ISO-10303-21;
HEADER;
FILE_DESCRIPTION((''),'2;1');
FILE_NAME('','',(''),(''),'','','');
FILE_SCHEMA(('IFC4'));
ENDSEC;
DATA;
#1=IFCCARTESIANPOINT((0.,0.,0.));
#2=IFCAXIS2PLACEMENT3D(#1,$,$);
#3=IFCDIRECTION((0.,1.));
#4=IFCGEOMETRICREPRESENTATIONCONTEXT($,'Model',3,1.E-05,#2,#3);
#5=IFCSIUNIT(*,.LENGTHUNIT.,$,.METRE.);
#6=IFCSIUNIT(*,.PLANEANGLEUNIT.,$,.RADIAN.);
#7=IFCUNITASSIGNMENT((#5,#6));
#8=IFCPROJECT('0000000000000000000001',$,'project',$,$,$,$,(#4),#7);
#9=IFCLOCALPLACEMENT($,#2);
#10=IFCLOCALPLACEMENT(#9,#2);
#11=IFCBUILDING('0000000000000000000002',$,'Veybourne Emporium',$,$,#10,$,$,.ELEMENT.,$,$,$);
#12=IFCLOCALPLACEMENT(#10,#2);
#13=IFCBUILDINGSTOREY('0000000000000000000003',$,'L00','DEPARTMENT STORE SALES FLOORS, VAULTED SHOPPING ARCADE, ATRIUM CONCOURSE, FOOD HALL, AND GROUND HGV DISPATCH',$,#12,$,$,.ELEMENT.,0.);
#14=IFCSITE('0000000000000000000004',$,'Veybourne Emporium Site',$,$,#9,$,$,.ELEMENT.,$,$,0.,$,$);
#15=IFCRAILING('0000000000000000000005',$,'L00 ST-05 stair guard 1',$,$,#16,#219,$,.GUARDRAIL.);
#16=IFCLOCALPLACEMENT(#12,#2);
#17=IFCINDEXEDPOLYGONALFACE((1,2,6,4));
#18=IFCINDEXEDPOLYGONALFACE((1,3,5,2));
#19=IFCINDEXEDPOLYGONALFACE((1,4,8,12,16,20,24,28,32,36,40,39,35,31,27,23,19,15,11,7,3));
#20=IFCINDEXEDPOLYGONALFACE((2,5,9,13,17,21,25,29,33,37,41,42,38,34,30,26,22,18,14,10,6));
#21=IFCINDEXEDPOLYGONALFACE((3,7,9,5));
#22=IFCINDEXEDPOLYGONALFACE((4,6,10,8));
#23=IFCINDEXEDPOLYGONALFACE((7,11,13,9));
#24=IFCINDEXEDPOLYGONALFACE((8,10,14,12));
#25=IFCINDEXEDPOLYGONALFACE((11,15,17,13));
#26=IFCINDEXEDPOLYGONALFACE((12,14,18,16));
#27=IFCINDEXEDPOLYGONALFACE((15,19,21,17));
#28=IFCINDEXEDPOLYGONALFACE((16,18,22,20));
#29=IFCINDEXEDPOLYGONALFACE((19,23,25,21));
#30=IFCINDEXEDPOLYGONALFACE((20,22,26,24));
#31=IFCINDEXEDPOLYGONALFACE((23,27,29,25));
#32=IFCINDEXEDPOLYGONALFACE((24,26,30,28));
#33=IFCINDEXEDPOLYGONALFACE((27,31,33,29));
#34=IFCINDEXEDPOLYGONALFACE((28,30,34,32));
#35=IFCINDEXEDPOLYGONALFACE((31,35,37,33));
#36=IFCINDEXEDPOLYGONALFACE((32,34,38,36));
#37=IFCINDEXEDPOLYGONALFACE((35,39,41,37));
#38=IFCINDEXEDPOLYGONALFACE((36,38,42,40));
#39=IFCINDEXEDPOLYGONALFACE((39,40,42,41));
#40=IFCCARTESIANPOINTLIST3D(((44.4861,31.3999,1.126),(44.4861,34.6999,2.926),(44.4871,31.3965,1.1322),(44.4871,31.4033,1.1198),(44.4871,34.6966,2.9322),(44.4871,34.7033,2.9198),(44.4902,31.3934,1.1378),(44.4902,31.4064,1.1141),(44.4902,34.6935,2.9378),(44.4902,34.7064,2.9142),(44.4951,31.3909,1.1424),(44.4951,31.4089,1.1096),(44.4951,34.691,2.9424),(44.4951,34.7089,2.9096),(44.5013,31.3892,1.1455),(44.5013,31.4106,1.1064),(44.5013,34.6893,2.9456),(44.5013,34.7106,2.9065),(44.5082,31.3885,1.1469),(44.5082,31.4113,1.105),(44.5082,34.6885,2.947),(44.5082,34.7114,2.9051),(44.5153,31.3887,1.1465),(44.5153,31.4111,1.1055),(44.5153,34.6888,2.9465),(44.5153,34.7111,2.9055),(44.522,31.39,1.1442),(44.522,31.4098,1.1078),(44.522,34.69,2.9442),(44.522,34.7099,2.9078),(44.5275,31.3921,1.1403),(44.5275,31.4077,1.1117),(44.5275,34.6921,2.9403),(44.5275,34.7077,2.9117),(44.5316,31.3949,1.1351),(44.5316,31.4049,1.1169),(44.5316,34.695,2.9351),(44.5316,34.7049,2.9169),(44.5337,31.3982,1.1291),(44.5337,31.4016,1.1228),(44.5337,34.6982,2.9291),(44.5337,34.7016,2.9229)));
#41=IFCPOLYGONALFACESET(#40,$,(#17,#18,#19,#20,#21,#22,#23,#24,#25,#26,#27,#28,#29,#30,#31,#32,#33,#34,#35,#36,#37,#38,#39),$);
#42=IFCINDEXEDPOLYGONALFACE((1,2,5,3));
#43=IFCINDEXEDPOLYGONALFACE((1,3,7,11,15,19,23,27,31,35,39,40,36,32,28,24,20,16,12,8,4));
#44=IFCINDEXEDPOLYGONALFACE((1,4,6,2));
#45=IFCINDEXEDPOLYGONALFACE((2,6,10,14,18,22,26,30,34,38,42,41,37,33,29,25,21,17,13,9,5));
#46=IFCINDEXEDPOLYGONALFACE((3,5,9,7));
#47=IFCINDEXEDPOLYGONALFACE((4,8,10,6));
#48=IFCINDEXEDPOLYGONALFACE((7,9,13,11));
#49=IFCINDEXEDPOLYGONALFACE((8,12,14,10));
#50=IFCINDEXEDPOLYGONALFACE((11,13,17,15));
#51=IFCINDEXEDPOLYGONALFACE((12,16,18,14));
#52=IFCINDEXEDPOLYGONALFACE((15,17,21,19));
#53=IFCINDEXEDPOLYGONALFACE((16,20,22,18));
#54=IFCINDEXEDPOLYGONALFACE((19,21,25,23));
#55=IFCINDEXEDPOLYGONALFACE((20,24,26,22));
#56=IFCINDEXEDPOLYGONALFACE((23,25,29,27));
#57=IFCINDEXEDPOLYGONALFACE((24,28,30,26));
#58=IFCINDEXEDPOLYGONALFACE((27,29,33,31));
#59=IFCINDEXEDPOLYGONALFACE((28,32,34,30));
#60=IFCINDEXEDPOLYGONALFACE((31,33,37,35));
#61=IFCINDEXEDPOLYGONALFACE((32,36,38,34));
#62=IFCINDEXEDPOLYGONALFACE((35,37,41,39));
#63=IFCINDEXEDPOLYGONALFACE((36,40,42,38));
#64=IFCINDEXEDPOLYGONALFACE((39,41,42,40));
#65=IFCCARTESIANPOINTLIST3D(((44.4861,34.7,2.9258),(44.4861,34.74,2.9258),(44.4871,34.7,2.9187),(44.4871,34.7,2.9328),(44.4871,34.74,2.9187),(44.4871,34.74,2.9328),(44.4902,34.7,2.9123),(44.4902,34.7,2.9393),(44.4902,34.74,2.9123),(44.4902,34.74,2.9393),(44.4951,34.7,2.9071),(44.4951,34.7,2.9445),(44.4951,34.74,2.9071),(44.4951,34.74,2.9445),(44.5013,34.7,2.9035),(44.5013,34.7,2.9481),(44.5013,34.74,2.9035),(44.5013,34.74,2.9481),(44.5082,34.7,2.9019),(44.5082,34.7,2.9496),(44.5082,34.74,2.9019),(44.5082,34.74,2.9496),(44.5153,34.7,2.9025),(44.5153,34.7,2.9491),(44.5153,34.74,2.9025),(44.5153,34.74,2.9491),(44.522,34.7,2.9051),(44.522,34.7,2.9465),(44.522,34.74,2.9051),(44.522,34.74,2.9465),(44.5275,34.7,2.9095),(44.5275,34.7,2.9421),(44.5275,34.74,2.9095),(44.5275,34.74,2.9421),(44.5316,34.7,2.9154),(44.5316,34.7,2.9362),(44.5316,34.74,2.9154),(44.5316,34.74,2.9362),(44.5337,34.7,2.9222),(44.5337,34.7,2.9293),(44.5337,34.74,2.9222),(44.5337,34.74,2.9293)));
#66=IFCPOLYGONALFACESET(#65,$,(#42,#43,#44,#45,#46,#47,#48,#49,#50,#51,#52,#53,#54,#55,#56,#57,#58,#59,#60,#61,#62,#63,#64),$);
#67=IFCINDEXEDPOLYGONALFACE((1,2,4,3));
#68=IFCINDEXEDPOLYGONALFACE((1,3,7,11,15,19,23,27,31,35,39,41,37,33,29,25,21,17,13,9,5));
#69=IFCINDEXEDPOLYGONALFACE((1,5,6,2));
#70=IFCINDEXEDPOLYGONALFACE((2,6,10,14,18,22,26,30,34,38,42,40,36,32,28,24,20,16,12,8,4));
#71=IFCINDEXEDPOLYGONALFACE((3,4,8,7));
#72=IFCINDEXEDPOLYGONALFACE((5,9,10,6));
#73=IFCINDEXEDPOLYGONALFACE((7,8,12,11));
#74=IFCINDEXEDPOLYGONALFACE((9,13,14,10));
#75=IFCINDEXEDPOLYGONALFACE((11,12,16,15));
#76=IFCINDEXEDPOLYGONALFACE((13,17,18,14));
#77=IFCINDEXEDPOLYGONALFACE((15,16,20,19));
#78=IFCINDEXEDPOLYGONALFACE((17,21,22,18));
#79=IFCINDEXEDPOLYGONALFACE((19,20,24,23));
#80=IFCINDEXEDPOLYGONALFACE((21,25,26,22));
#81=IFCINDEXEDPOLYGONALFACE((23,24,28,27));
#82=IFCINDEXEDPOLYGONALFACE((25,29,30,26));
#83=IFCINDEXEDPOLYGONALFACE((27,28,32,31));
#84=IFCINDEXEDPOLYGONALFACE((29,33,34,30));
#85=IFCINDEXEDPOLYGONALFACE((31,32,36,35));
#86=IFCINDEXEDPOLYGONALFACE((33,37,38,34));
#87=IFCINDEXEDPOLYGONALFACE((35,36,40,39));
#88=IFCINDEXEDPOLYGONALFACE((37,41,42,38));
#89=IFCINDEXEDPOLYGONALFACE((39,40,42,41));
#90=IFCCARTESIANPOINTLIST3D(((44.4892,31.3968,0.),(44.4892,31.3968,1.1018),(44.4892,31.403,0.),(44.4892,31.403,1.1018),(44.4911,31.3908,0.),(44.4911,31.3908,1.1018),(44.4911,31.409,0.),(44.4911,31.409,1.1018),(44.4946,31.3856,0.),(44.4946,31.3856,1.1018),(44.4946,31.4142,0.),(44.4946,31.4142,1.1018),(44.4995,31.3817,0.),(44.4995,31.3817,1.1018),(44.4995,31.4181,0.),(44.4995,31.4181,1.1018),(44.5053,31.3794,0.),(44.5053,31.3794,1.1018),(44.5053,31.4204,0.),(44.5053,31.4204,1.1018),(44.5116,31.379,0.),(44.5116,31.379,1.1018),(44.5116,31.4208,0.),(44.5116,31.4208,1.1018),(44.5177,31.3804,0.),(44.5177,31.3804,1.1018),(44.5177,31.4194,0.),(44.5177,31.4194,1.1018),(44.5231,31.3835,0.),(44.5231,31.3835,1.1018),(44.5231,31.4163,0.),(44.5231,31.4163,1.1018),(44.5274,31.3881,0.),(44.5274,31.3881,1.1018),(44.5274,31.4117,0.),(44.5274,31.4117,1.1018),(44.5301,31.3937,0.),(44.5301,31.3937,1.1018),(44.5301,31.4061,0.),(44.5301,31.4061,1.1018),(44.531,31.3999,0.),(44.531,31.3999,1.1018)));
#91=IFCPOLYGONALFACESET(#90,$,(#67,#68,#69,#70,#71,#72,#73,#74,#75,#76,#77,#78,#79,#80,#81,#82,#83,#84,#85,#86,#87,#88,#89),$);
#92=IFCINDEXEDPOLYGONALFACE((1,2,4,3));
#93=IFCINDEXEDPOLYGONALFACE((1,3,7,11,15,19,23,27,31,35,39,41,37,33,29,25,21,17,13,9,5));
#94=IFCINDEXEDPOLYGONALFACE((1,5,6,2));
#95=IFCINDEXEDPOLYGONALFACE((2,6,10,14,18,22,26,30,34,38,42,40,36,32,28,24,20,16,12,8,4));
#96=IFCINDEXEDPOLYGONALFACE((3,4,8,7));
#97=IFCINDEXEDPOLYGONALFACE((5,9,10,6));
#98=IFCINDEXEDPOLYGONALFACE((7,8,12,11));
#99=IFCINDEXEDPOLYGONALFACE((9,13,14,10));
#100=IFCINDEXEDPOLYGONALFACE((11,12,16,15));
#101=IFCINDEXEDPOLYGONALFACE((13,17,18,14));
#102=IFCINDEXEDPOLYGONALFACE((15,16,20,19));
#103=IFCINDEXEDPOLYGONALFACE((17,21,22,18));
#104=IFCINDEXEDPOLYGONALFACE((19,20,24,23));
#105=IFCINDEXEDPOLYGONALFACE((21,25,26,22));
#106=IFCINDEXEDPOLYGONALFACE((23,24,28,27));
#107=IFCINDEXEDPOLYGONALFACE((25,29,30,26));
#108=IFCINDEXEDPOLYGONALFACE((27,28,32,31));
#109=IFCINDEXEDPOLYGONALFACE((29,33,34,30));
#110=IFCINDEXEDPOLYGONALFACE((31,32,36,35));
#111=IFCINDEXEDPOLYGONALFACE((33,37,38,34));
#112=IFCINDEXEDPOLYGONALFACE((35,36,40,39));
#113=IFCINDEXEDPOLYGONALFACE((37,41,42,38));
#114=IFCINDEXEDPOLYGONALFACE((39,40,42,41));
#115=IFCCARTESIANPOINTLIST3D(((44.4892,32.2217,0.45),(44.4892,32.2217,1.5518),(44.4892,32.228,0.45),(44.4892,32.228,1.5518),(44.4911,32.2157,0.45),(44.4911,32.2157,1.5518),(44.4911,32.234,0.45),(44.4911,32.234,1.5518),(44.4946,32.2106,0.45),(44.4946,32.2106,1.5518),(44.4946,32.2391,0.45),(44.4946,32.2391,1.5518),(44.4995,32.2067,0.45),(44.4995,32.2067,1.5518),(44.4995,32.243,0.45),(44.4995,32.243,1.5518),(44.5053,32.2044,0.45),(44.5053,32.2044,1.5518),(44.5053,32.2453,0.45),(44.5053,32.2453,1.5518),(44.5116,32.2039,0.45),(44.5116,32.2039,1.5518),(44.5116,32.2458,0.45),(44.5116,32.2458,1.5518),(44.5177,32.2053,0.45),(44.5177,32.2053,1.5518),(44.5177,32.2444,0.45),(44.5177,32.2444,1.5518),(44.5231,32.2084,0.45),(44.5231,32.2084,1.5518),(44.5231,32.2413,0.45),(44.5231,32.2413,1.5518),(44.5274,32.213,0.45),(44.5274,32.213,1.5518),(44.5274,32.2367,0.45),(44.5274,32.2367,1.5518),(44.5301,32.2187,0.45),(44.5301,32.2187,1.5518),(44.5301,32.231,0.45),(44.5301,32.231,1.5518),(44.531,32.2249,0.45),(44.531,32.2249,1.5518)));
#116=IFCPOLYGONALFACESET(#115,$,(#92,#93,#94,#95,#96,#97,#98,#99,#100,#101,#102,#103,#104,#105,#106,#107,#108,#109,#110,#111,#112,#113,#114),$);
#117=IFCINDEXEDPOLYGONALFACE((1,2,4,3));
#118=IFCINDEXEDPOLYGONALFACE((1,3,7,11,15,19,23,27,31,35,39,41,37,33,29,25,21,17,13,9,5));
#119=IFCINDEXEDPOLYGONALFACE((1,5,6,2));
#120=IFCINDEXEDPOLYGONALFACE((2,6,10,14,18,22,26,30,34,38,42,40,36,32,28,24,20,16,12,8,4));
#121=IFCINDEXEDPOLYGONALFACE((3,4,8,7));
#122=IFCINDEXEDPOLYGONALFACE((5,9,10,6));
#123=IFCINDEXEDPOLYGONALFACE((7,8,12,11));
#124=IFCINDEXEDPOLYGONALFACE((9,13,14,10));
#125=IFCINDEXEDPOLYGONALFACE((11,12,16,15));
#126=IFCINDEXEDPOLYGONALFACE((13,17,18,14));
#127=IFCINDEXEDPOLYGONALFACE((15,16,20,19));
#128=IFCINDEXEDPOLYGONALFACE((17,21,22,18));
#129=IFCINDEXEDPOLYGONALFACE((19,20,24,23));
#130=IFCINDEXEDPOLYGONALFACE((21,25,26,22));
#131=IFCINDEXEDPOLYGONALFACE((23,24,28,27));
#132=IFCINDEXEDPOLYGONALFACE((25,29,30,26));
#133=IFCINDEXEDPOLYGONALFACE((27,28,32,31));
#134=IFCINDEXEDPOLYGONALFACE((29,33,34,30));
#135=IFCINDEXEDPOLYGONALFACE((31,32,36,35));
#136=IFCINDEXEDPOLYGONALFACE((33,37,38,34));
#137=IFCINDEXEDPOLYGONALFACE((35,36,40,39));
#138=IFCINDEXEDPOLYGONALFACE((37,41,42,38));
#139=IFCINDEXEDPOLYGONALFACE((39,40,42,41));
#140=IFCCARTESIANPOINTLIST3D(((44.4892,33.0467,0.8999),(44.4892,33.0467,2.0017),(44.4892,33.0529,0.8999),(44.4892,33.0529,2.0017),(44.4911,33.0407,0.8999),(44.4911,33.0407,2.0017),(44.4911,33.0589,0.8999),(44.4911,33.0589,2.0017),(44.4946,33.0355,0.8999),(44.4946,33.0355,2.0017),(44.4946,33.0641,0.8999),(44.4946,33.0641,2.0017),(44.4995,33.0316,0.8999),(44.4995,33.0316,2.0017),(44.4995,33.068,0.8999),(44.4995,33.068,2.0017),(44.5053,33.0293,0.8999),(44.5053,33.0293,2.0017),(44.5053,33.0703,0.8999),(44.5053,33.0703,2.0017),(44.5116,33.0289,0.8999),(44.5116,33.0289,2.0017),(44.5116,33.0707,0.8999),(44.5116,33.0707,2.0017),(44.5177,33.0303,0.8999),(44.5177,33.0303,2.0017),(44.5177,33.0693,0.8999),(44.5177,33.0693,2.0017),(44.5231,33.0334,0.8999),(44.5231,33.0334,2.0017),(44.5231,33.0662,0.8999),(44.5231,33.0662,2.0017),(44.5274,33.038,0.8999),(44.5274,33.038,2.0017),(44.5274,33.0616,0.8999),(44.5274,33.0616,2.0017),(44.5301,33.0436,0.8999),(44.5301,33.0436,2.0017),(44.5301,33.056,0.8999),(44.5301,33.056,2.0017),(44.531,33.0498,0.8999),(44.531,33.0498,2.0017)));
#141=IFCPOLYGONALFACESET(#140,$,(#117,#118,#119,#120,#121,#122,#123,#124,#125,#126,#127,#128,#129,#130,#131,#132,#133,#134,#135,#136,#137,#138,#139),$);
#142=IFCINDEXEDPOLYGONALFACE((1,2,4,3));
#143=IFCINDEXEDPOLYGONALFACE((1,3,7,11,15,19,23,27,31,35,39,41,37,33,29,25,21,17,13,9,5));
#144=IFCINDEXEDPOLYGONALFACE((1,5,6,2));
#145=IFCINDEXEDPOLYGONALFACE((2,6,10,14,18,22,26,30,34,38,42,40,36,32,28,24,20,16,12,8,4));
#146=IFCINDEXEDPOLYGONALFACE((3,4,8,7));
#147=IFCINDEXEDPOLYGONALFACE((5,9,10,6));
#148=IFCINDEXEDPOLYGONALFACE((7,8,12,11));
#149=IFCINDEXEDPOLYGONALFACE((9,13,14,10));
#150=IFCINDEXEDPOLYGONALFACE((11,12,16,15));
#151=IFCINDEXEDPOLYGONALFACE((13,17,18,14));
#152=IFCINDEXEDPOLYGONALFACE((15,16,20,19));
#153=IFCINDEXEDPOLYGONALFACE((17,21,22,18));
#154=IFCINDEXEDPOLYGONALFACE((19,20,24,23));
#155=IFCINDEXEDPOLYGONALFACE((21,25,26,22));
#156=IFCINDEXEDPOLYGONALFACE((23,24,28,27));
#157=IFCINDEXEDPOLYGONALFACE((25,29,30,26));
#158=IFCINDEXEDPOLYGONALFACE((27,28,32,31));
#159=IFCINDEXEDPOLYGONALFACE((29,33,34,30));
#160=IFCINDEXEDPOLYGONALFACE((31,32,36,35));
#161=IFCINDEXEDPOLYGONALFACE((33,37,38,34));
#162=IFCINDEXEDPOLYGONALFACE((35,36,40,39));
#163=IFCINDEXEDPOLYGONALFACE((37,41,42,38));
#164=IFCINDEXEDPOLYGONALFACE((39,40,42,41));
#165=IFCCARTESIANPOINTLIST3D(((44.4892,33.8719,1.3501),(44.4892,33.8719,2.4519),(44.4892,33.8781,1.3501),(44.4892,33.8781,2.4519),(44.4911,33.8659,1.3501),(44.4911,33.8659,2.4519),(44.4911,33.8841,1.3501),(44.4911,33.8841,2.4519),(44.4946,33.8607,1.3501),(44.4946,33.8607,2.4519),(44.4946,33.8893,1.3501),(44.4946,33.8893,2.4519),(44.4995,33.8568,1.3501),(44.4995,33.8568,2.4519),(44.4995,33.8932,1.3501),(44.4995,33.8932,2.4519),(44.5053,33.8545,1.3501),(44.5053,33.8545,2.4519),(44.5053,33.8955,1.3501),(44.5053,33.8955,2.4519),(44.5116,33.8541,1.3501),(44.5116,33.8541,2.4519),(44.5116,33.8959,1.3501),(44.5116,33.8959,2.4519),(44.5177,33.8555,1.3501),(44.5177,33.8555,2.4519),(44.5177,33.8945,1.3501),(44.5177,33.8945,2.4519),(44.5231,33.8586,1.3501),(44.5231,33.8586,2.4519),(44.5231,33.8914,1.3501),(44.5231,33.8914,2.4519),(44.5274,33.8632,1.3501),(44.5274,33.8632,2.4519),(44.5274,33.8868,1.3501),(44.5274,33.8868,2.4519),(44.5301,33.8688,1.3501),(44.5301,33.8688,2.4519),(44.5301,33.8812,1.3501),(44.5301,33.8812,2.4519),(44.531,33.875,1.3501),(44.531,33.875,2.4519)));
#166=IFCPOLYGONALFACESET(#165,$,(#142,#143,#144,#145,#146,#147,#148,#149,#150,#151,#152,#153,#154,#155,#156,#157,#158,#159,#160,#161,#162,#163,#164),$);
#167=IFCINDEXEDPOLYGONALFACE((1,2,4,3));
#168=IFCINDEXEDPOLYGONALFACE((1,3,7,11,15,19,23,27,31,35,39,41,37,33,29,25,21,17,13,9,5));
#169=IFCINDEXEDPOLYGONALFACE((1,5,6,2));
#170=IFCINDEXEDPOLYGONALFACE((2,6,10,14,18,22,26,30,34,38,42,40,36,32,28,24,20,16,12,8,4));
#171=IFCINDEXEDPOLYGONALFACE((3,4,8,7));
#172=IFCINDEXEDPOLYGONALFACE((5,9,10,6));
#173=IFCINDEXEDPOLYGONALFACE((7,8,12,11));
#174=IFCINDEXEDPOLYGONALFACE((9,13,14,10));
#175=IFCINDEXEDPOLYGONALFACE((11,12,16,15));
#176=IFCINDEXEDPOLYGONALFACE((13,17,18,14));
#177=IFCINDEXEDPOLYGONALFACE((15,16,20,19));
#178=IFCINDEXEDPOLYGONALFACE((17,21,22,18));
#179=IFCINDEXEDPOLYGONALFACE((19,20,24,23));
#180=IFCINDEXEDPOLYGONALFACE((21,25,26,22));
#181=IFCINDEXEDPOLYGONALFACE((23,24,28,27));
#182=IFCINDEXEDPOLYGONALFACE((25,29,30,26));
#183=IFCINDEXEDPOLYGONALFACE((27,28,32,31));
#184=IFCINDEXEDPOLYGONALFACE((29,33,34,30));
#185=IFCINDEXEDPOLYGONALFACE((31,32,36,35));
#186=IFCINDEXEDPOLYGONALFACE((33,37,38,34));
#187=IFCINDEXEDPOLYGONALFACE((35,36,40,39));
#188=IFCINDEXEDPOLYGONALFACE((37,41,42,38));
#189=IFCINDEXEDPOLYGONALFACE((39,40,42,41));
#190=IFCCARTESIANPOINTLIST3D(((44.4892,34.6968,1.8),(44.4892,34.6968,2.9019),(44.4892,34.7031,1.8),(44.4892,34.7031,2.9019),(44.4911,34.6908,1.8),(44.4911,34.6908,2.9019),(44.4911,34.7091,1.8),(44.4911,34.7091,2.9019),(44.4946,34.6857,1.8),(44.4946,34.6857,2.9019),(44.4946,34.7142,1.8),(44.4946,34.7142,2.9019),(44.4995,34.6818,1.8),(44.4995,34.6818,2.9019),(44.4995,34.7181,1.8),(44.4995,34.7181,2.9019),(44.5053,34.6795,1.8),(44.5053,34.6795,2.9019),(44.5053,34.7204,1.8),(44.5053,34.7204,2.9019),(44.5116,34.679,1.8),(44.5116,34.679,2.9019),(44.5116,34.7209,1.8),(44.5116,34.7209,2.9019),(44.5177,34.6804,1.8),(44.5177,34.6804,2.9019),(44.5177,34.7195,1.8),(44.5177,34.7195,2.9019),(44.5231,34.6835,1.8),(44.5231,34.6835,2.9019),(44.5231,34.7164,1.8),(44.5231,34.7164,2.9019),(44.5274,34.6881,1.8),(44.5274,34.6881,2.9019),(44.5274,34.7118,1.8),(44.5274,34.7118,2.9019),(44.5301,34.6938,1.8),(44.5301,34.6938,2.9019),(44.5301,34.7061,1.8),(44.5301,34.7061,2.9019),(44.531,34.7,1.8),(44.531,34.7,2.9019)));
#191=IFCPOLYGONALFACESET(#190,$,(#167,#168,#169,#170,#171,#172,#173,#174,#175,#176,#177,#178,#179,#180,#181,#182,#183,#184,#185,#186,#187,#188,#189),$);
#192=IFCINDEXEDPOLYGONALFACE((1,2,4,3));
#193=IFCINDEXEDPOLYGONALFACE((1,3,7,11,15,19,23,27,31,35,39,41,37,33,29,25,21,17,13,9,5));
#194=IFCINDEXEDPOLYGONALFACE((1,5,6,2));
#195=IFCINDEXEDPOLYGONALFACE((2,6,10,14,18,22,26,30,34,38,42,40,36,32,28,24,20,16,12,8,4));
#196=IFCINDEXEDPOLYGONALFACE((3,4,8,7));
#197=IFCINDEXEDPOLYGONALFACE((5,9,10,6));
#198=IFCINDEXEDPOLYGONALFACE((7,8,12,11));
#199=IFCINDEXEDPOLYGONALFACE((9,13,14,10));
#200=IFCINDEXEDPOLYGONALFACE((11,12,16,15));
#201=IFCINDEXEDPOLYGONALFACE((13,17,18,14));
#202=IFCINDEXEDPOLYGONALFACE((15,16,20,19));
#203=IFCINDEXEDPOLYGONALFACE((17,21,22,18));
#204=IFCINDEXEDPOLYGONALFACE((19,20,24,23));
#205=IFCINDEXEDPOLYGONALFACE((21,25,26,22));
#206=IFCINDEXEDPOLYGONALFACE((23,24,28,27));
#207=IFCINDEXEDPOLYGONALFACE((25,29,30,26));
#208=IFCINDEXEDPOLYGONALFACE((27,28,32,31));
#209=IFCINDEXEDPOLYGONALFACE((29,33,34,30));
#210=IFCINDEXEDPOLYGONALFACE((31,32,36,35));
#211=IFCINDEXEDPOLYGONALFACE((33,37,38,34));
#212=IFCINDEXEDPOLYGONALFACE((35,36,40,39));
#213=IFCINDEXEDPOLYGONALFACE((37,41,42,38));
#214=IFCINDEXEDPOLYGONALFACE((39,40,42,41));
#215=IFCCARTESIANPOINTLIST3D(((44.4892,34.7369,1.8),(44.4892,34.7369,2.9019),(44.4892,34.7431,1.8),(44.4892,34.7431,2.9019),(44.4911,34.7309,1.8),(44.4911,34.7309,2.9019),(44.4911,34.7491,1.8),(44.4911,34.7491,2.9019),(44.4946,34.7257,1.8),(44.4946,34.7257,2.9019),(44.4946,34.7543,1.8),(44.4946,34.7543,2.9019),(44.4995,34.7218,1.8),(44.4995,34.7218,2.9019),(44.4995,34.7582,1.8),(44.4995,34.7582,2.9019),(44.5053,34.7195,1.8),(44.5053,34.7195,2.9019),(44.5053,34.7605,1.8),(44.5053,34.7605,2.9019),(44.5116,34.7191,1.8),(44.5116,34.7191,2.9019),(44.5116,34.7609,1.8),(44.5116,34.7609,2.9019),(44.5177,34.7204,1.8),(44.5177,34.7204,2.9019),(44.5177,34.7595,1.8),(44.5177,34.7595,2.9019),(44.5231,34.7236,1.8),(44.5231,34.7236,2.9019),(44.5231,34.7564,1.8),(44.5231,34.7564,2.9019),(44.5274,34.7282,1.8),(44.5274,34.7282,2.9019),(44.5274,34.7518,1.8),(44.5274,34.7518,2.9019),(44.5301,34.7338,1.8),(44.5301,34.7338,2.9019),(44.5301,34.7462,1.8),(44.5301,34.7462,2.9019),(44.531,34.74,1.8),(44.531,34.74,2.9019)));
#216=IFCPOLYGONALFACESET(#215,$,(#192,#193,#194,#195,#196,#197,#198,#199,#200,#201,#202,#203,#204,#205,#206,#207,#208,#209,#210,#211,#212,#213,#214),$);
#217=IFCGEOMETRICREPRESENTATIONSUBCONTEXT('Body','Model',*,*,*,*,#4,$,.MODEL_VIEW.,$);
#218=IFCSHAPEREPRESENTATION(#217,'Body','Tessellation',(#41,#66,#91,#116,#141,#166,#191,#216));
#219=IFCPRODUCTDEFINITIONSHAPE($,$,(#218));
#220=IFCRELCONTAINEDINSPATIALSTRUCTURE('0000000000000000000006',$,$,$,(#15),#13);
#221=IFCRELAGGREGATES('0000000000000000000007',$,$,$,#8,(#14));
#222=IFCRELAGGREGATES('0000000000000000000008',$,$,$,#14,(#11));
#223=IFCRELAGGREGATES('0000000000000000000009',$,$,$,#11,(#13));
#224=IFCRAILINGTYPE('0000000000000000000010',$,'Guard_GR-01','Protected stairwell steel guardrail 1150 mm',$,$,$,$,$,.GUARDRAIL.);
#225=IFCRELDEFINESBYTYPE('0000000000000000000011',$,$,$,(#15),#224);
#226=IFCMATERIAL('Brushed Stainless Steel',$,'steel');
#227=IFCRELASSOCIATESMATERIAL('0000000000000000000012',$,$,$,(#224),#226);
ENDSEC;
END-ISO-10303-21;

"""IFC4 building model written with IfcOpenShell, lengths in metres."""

from ifc_helpers import new_model, si_unit, direction, frame, origin, origin_2d, place, context, subcontext, project, spatial, circle, extrude, material, type_object, element, save


model = new_model("IFC4")

# Units and contexts
model_context = context("Model", 3, precision=1e-05, world=origin(), true_north=direction((0.0, 1.0)))
body_context = subcontext(model_context, "Body", "Model", "MODEL_VIEW")
ifc_project = project(units=[si_unit("LENGTHUNIT", "METRE"), si_unit("PLANEANGLEUNIT", "RADIAN")], contexts=[model_context])

# Site, building, storey
site_placement = place(None, origin())
site = spatial("IfcSite", under=ifc_project, at=site_placement, Name="Veybourne Emporium Site", CompositionType="ELEMENT", RefElevation=0.0)
building_placement = place(site_placement, origin())
building = spatial("IfcBuilding", under=site, at=building_placement, Name="Veybourne Emporium", CompositionType="ELEMENT")
storey_placement = place(building_placement, origin())
storey = spatial("IfcBuildingStorey", under=building, at=storey_placement, Name="L00", Description="DEPARTMENT STORE SALES FLOORS, VAULTED SHOPPING ARCADE, ATRIUM CONCOURSE, FOOD HALL, AND GROUND HGV DISPATCH", CompositionType="ELEMENT", Elevation=0.0)

# Railing
ifc_material_1 = material(Name="Brushed Stainless Steel", Category="steel")
railing_type_1 = type_object("IfcRailingType", Name="Guard_GR-01", Description="Protected stairwell steel guardrail 1150 mm", PredefinedType="GUARDRAIL", material=ifc_material_1)
railing_1_placement = place(storey_placement, frame((44.51, 31.3999, 0.0)))
element("IfcRailing", 1, at=railing_1_placement, inside=storey, type_object=railing_type_1, Name="L00 ST-05 stair guard 1", PredefinedType="GUARDRAIL", context=body_context, shape_type="SweptSolid", body=[
    extrude(circle(Radius=0.0239, at=origin_2d()), frame((0.0, 0.0, 1.126), z_axis=(0.0, 0.877893, 0.478857), x_axis=(-1.0, 0.0, 0.0)), (0.0, 0.0, 1.0), 3.759),
    extrude(circle(Radius=0.0239, at=origin_2d()), frame((0.0, 3.3, 2.9258), z_axis=(0.0, 1.0, 0.0), x_axis=(-1.0, 0.0, 0.0)), (0.0, 0.0, 1.0), 0.04),
    extrude(circle(Radius=0.021, at=origin_2d()), origin(), (0.0, 0.0, 1.0), 1.1018),
    extrude(circle(Radius=0.021, at=origin_2d()), frame((0.0, 0.825, 0.45)), (0.0, 0.0, 1.0), 1.1018),
    extrude(circle(Radius=0.021, at=origin_2d()), frame((0.0, 1.6499, 0.8999)), (0.0, 0.0, 1.0), 1.1018),
    extrude(circle(Radius=0.021, at=origin_2d()), frame((0.0, 2.4751, 1.3501)), (0.0, 0.0, 1.0), 1.1018),
    extrude(circle(Radius=0.021, at=origin_2d()), frame((0.0, 3.3, 1.8)), (0.0, 0.0, 1.0), 1.1018),
    extrude(circle(Radius=0.021, at=origin_2d()), frame((0.0, 3.3401, 1.8)), (0.0, 0.0, 1.0), 1.1018),
])

save(model, "model.ifc")
